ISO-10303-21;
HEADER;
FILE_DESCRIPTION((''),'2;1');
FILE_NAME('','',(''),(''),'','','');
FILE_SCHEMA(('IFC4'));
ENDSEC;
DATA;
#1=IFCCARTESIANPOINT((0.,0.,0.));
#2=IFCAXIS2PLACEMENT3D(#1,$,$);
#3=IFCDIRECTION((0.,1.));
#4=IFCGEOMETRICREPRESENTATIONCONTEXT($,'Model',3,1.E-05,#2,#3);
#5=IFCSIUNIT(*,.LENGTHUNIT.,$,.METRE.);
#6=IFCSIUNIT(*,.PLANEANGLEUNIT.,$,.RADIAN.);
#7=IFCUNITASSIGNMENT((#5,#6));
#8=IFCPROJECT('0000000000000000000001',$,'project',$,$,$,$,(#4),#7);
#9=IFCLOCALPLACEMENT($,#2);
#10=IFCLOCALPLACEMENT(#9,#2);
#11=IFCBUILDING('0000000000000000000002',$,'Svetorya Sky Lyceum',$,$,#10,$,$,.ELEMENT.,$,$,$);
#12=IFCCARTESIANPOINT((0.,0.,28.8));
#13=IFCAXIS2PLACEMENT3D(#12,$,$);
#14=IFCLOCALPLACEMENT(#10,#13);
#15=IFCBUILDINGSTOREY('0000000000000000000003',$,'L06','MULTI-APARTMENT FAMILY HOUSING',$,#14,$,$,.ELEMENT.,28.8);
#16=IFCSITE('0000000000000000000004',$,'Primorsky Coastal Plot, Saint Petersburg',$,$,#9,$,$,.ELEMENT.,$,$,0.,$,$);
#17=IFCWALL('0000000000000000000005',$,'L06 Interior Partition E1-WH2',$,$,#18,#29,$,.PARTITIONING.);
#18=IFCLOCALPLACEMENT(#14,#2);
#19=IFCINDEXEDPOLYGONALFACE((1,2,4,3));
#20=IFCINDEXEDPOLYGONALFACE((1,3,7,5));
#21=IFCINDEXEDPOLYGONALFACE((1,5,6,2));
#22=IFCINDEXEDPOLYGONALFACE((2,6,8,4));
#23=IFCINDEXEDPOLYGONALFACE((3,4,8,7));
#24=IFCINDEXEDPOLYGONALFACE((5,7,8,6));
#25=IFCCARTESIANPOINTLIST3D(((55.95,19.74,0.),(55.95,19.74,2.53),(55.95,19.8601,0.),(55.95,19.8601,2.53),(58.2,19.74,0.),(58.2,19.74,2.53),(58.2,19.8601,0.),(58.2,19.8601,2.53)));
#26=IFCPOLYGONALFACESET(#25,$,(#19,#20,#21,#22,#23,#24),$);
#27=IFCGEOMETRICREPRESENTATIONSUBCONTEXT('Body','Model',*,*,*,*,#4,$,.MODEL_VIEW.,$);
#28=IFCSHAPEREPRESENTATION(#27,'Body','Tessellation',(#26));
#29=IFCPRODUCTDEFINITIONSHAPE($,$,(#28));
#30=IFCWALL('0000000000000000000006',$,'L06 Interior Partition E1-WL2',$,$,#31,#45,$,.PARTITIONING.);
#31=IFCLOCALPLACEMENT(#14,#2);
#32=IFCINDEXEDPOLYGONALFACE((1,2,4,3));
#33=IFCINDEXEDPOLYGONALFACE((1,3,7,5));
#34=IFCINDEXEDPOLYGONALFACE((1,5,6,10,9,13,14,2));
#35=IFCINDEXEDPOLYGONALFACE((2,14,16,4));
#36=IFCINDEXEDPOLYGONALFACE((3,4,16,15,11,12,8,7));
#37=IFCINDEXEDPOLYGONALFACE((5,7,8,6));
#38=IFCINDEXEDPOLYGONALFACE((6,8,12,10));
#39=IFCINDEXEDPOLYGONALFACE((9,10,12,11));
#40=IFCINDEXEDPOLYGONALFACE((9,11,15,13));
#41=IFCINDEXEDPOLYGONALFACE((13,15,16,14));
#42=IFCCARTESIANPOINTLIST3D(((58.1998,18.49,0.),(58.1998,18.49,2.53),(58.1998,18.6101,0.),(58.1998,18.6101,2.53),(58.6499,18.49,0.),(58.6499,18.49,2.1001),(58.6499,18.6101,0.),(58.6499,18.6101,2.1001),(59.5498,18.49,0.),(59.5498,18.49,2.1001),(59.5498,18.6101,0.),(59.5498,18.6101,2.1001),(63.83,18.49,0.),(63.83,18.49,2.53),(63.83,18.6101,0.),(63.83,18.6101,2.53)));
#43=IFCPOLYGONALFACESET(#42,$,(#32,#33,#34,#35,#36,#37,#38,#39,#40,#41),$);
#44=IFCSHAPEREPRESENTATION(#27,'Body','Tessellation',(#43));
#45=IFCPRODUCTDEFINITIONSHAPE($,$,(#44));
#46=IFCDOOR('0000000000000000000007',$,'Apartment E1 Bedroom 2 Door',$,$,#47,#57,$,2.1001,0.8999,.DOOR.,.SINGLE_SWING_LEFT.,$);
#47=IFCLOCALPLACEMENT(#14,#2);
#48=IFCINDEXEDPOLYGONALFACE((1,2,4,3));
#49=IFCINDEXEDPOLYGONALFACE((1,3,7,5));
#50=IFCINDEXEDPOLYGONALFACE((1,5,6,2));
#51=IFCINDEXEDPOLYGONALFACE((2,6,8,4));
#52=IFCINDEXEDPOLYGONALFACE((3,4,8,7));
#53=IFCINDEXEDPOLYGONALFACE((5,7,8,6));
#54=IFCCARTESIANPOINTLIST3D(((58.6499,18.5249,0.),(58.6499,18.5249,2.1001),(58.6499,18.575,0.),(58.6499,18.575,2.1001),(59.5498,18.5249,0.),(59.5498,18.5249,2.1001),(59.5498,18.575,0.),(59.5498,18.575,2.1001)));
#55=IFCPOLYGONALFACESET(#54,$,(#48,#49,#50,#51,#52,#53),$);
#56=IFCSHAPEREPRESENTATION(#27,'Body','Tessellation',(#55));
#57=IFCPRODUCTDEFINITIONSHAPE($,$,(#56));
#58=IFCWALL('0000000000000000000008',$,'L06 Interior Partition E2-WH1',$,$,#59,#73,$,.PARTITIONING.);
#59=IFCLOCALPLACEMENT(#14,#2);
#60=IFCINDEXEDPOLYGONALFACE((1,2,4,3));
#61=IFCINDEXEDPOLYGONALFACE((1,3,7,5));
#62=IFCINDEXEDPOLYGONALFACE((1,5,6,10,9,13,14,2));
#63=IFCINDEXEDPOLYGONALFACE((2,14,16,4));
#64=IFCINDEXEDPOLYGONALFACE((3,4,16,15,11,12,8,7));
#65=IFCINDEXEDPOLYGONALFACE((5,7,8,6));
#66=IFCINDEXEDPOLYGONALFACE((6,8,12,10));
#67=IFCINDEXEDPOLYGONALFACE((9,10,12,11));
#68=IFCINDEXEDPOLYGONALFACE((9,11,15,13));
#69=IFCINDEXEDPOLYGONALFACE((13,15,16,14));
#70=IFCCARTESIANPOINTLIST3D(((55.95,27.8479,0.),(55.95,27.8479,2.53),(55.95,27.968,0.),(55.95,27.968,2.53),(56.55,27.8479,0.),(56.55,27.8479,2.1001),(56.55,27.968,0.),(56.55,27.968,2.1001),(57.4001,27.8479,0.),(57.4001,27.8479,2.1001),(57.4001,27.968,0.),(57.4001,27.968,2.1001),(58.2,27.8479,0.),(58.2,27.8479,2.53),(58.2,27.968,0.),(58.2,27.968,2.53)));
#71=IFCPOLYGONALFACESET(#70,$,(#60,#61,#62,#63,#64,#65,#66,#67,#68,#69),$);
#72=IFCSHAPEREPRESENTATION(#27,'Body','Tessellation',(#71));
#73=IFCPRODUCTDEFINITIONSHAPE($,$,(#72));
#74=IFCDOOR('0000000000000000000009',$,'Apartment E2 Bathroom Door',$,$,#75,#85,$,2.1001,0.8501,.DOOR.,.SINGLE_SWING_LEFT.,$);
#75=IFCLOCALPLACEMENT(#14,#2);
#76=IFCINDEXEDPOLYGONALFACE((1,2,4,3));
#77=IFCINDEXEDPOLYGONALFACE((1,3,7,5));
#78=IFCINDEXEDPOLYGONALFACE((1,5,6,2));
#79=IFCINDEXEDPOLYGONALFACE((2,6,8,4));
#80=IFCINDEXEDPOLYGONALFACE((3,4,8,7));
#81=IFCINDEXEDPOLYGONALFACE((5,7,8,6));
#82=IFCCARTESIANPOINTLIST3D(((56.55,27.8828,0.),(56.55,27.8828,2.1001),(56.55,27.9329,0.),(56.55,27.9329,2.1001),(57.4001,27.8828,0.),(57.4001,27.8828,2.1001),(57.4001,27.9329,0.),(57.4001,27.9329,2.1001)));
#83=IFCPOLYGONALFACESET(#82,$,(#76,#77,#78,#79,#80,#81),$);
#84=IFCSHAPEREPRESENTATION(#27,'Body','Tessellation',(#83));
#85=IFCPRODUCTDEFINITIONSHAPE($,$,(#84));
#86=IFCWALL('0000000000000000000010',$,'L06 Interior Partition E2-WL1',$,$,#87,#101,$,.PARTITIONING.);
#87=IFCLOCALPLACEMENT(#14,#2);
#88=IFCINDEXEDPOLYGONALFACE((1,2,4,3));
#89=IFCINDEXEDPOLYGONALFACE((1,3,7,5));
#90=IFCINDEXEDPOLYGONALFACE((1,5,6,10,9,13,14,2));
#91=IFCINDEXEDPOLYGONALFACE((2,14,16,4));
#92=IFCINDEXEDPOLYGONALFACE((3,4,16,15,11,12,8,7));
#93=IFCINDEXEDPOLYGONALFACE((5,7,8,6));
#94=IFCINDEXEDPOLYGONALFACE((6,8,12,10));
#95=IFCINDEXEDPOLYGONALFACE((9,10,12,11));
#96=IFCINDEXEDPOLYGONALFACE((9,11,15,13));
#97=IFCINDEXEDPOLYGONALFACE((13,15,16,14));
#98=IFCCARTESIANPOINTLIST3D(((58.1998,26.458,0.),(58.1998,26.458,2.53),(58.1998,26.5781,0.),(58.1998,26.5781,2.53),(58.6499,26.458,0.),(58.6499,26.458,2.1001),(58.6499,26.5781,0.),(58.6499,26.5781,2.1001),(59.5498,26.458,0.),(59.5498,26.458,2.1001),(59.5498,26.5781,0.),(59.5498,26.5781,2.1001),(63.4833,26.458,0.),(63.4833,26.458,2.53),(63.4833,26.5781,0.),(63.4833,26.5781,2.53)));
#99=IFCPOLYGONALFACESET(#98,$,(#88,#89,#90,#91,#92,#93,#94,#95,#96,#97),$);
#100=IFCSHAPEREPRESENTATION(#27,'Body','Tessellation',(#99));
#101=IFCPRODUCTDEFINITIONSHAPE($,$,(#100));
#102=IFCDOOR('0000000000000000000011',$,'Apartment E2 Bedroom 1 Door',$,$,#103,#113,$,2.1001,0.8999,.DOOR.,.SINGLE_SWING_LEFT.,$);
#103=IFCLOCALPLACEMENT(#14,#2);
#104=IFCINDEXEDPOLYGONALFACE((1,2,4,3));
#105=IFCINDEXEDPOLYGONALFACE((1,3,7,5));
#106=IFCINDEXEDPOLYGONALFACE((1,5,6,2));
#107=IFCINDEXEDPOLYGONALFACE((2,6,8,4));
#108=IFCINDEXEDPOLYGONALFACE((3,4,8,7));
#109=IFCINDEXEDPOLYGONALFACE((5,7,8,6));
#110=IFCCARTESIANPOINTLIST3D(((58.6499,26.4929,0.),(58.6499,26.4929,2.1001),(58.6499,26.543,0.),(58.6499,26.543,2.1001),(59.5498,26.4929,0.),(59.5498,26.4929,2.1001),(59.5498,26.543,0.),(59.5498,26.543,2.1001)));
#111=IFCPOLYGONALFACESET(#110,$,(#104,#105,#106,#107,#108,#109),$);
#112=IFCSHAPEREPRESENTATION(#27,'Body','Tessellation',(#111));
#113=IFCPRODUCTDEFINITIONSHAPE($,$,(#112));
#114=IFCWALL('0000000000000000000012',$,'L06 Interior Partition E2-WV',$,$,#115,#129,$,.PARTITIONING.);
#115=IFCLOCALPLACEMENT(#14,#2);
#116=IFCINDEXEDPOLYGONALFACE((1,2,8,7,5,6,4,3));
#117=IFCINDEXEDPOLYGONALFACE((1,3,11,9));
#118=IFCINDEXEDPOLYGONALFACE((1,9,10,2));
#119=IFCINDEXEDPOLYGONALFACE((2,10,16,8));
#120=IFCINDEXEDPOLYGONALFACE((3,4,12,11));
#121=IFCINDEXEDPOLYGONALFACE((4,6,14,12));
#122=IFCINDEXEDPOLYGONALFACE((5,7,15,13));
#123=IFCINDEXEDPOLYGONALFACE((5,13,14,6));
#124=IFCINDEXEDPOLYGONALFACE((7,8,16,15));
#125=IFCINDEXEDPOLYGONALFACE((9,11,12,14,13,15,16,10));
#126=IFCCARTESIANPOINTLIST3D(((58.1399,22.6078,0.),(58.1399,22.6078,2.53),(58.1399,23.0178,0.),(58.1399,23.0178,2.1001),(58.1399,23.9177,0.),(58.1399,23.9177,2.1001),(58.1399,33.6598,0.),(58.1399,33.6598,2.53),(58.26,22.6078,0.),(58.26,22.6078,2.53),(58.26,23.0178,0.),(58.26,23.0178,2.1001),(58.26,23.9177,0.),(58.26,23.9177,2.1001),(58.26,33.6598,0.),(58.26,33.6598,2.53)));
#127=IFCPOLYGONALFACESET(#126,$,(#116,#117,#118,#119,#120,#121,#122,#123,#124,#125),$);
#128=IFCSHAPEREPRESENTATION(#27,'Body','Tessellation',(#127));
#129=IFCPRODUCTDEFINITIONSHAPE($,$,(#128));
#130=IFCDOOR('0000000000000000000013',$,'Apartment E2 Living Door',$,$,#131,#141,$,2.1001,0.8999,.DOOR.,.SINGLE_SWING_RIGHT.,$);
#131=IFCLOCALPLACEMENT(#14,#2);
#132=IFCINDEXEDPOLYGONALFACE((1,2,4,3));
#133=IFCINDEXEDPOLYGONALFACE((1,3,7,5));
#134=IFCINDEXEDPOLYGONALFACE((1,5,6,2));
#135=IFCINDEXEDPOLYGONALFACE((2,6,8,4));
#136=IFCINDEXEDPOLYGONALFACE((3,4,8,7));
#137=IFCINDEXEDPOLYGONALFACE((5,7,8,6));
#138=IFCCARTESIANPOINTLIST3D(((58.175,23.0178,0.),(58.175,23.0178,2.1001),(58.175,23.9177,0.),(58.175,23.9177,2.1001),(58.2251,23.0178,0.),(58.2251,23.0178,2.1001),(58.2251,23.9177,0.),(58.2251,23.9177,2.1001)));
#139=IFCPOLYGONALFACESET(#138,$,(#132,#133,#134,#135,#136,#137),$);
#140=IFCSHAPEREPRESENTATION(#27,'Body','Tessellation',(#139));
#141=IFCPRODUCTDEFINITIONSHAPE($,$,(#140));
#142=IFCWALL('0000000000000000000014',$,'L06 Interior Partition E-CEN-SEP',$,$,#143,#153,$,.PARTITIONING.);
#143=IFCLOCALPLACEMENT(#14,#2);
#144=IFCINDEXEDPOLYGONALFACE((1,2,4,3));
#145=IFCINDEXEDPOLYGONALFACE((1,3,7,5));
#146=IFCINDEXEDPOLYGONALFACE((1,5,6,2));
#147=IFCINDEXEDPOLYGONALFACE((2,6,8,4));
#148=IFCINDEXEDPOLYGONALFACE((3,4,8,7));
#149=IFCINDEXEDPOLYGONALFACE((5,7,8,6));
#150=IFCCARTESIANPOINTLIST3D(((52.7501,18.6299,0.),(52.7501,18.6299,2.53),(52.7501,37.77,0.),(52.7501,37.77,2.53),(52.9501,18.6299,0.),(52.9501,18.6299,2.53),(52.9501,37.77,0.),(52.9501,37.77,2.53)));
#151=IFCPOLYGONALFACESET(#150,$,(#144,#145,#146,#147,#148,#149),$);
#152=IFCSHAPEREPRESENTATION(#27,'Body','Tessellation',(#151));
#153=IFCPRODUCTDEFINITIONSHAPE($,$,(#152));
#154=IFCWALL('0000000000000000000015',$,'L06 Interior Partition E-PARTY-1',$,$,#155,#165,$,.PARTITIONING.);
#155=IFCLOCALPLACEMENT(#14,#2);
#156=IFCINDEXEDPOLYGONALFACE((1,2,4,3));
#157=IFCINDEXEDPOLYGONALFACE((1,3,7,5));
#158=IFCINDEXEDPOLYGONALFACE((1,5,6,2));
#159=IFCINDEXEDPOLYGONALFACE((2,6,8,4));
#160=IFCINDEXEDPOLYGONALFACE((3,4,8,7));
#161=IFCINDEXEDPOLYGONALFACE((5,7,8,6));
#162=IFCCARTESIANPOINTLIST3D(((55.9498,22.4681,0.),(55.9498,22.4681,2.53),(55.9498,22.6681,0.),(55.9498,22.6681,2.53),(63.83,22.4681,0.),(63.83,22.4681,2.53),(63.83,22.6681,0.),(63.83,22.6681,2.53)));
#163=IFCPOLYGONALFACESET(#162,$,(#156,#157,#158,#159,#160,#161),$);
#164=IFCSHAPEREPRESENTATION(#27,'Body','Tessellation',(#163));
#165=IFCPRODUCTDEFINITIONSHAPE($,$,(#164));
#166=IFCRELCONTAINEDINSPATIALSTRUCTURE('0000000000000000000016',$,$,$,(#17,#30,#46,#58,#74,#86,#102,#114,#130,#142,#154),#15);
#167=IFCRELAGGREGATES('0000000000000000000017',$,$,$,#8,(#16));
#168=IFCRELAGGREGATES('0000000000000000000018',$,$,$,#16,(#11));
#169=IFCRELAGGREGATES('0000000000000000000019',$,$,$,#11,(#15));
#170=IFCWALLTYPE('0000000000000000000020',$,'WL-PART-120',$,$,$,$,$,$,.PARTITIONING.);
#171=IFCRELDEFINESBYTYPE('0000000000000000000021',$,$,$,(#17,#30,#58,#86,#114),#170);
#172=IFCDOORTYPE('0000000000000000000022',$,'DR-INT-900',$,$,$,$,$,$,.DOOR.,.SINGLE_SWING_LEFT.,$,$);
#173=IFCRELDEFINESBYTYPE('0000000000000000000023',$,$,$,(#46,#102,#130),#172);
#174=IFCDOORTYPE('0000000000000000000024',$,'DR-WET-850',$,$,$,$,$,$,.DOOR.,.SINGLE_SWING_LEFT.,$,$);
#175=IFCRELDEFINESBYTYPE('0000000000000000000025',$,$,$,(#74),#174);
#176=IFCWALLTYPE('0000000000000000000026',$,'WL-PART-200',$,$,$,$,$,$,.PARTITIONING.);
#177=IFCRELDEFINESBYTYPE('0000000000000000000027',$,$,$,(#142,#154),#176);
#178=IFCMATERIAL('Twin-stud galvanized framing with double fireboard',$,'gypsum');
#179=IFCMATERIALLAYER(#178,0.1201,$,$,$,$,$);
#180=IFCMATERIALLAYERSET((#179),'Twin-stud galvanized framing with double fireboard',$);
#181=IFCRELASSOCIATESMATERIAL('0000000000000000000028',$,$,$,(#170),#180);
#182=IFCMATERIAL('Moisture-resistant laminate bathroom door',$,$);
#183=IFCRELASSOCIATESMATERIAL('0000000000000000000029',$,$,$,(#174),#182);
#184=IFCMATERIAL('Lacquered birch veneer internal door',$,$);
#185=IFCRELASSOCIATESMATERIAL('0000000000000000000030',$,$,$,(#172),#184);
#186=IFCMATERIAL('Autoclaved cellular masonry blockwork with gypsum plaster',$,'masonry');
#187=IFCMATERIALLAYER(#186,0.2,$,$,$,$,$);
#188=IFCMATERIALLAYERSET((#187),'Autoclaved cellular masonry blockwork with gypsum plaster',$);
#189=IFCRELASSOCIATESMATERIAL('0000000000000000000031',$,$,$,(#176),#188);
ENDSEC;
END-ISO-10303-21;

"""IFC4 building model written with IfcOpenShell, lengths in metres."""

from ifc_helpers import new_model, si_unit, direction, frame, frame_2d, origin, place, context, subcontext, project, spatial, rectangle, extrude, material, layer, layer_set, type_object, element, fill, save


model = new_model("IFC4")

# Units and contexts
model_context = context("Model", 3, precision=1e-05, world=origin(), true_north=direction((0.0, 1.0)))
body_context = subcontext(model_context, "Body", "Model", "MODEL_VIEW")
ifc_project = project(units=[si_unit("LENGTHUNIT", "METRE"), si_unit("PLANEANGLEUNIT", "RADIAN")], contexts=[model_context])

# Site, building, storey
site_placement = place(None, origin())
site = spatial("IfcSite", under=ifc_project, at=site_placement, Name="Primorsky Coastal Plot, Saint Petersburg", CompositionType="ELEMENT", RefElevation=0.0)
building_placement = place(site_placement, origin())
building = spatial("IfcBuilding", under=site, at=building_placement, Name="Svetorya Sky Lyceum", CompositionType="ELEMENT")
storey_placement = place(building_placement, frame((0.0, 0.0, 28.8)))
storey = spatial("IfcBuildingStorey", under=building, at=storey_placement, Name="L06", Description="MULTI-APARTMENT FAMILY HOUSING", CompositionType="ELEMENT", Elevation=28.8)

# Shared definitions
ifc_material_1 = material(Name="Twin-stud galvanized framing with double fireboard", Category="gypsum")
ifc_layer_1 = layer(ifc_material_1, 0.1201)
ifc_layer_set_1 = layer_set([ifc_layer_1], Name="Twin-stud galvanized framing with double fireboard")
wall_type_1 = type_object("IfcWallType", Name="WL-PART-120", PredefinedType="PARTITIONING", material=ifc_layer_set_1)
ifc_material_2 = material(Name="Moisture-resistant laminate bathroom door")
door_type_1 = type_object("IfcDoorType", Name="DR-WET-850", OperationType="SINGLE_SWING_LEFT", PredefinedType="DOOR", material=ifc_material_2)

# Wall
wall_1_placement = place(storey_placement, frame((55.95, 19.8, 0.0), z_axis=(0.0, 0.0, 1.0), x_axis=(1.0, 0.0, 0.0)))
element("IfcWall", 1, at=wall_1_placement, inside=storey, type_object=wall_type_1, Name="L06 Interior Partition E1-WH2", PredefinedType="PARTITIONING", context=body_context, shape_type="SweptSolid", body=[
    extrude(rectangle(XDim=2.25, YDim=0.1201, at=frame_2d((1.125, 0.0))), origin(), (0.0, 0.0, 1.0), 2.53),
])

# Walls, openings, doors
wall_2_placement = place(storey_placement, frame((58.2, 18.55, 0.0), z_axis=(0.0, 0.0, 1.0), x_axis=(1.0, 0.0, 0.0)))
wall_2 = element("IfcWall", 2, at=wall_2_placement, inside=storey, type_object=wall_type_1, Name="L06 Interior Partition E1-WL2", PredefinedType="PARTITIONING", context=body_context, shape_type="SweptSolid", body=[
    extrude(rectangle(XDim=5.6301, YDim=0.1201, at=frame_2d((2.8149, 0.0))), origin(), (0.0, 0.0, 1.0), 2.53),
])
opening_1_placement = place(wall_2_placement, frame((0.45, 0.0, 0.0)))
opening_1 = element("IfcOpeningElement", 3, at=opening_1_placement, cuts=wall_2, PredefinedType="OPENING", context=body_context, shape_type="SweptSolid", body=[
    extrude(rectangle(XDim=0.8999, YDim=2.1001, at=frame_2d((0.45, 1.05))), frame((0.0, 0.0701, 0.0), z_axis=(0.0, -1.0, 0.0), x_axis=(1.0, 0.0, 0.0)), (0.0, 0.0, 1.0), 0.1401),
])
ifc_material_3 = material(Name="Lacquered birch veneer internal door")
door_type_2 = type_object("IfcDoorType", Name="DR-INT-900", OperationType="SINGLE_SWING_LEFT", PredefinedType="DOOR", material=ifc_material_3)
door_1_placement = place(opening_1_placement, origin())
door_1 = element("IfcDoor", 4, at=door_1_placement, inside=storey, type_object=door_type_2, Name="Apartment E1 Bedroom 2 Door", OperationType="SINGLE_SWING_LEFT", OverallHeight=2.1001, OverallWidth=0.8999, PredefinedType="DOOR", context=body_context, shape_type="SweptSolid", body=[
    extrude(rectangle(XDim=0.8999, YDim=2.1001, at=frame_2d((0.45, 1.05))), frame((0.0, 0.0249, 0.0), z_axis=(0.0, -1.0, 0.0), x_axis=(1.0, 0.0, 0.0)), (0.0, 0.0, 1.0), 0.05),
])
fill(opening_1, door_1)
wall_3_placement = place(storey_placement, frame((55.95, 27.908, 0.0), z_axis=(0.0, 0.0, 1.0), x_axis=(1.0, 0.0, 0.0)))
wall_3 = element("IfcWall", 5, at=wall_3_placement, inside=storey, type_object=wall_type_1, Name="L06 Interior Partition E2-WH1", PredefinedType="PARTITIONING", context=body_context, shape_type="SweptSolid", body=[
    extrude(rectangle(XDim=2.25, YDim=0.1201, at=frame_2d((1.125, 0.0))), origin(), (0.0, 0.0, 1.0), 2.53),
])
opening_2_placement = place(wall_3_placement, frame((0.6001, 0.0, 0.0)))
opening_2 = element("IfcOpeningElement", 6, at=opening_2_placement, cuts=wall_3, PredefinedType="OPENING", context=body_context, shape_type="SweptSolid", body=[
    extrude(rectangle(XDim=0.8501, YDim=2.1001, at=frame_2d((0.425, 1.05))), frame((0.0, 0.0701, 0.0), z_axis=(0.0, -1.0, 0.0), x_axis=(1.0, 0.0, 0.0)), (0.0, 0.0, 1.0), 0.1401),
])
door_2_placement = place(opening_2_placement, origin())
door_2 = element("IfcDoor", 7, at=door_2_placement, inside=storey, type_object=door_type_1, Name="Apartment E2 Bathroom Door", OperationType="SINGLE_SWING_LEFT", OverallHeight=2.1001, OverallWidth=0.8501, PredefinedType="DOOR", context=body_context, shape_type="SweptSolid", body=[
    extrude(rectangle(XDim=0.8501, YDim=2.1001, at=frame_2d((0.425, 1.05))), frame((0.0, 0.0249, 0.0), z_axis=(0.0, -1.0, 0.0), x_axis=(1.0, 0.0, 0.0)), (0.0, 0.0, 1.0), 0.05),
])
fill(opening_2, door_2)
wall_4_placement = place(storey_placement, frame((58.2, 26.5181, 0.0), z_axis=(0.0, 0.0, 1.0), x_axis=(1.0, 0.0, 0.0)))
wall_4 = element("IfcWall", 8, at=wall_4_placement, inside=storey, type_object=wall_type_1, Name="L06 Interior Partition E2-WL1", PredefinedType="PARTITIONING", context=body_context, shape_type="SweptSolid", body=[
    extrude(rectangle(XDim=5.2834, YDim=0.1201, at=frame_2d((2.6416, 0.0))), origin(), (0.0, 0.0, 1.0), 2.53),
])
opening_3_placement = place(wall_4_placement, frame((0.45, 0.0, 0.0)))
opening_3 = element("IfcOpeningElement", 9, at=opening_3_placement, cuts=wall_4, PredefinedType="OPENING", context=body_context, shape_type="SweptSolid", body=[
    extrude(rectangle(XDim=0.8999, YDim=2.1001, at=frame_2d((0.45, 1.05))), frame((0.0, 0.0701, 0.0), z_axis=(0.0, -1.0, 0.0), x_axis=(1.0, 0.0, 0.0)), (0.0, 0.0, 1.0), 0.1401),
])
door_3_placement = place(opening_3_placement, origin())
door_3 = element("IfcDoor", 10, at=door_3_placement, inside=storey, type_object=door_type_2, Name="Apartment E2 Bedroom 1 Door", OperationType="SINGLE_SWING_LEFT", OverallHeight=2.1001, OverallWidth=0.8999, PredefinedType="DOOR", context=body_context, shape_type="SweptSolid", body=[
    extrude(rectangle(XDim=0.8999, YDim=2.1001, at=frame_2d((0.45, 1.05))), frame((0.0, 0.0249, 0.0), z_axis=(0.0, -1.0, 0.0), x_axis=(1.0, 0.0, 0.0)), (0.0, 0.0, 1.0), 0.05),
])
fill(opening_3, door_3)
wall_5_placement = place(storey_placement, frame((58.2, 22.6079, 0.0), z_axis=(0.0, 0.0, 1.0), x_axis=(0.0, 1.0, 0.0)))
wall_5 = element("IfcWall", 11, at=wall_5_placement, inside=storey, type_object=wall_type_1, Name="L06 Interior Partition E2-WV", PredefinedType="PARTITIONING", context=body_context, shape_type="SweptSolid", body=[
    extrude(rectangle(XDim=11.052, YDim=0.1201, at=frame_2d((5.5259, 0.0))), origin(), (0.0, 0.0, 1.0), 2.53),
])
opening_4_placement = place(wall_5_placement, frame((0.4099, 0.0, 0.0)))
opening_4 = element("IfcOpeningElement", 12, at=opening_4_placement, cuts=wall_5, PredefinedType="OPENING", context=body_context, shape_type="SweptSolid", body=[
    extrude(rectangle(XDim=0.8999, YDim=2.1001, at=frame_2d((0.45, 1.05))), frame((0.0, 0.0701, 0.0), z_axis=(0.0, -1.0, 0.0), x_axis=(1.0, 0.0, 0.0)), (0.0, 0.0, 1.0), 0.1401),
])
door_4_placement = place(opening_4_placement, origin())
door_4 = element("IfcDoor", 13, at=door_4_placement, inside=storey, type_object=door_type_2, Name="Apartment E2 Living Door", OperationType="SINGLE_SWING_RIGHT", OverallHeight=2.1001, OverallWidth=0.8999, PredefinedType="DOOR", context=body_context, shape_type="SweptSolid", body=[
    extrude(rectangle(XDim=0.8999, YDim=2.1001, at=frame_2d((0.45, 1.05))), frame((0.0, 0.0249, 0.0), z_axis=(0.0, -1.0, 0.0), x_axis=(1.0, 0.0, 0.0)), (0.0, 0.0, 1.0), 0.05),
])
fill(opening_4, door_4)

# Walls
ifc_material_4 = material(Name="Autoclaved cellular masonry blockwork with gypsum plaster", Category="masonry")
ifc_layer_2 = layer(ifc_material_4, 0.2)
ifc_layer_set_2 = layer_set([ifc_layer_2], Name="Autoclaved cellular masonry blockwork with gypsum plaster")
wall_type_2 = type_object("IfcWallType", Name="WL-PART-200", PredefinedType="PARTITIONING", material=ifc_layer_set_2)
wall_6_placement = place(storey_placement, frame((52.8501, 18.6299, 0.0), z_axis=(0.0, 0.0, 1.0), x_axis=(0.0, 1.0, 0.0)))
element("IfcWall", 14, at=wall_6_placement, inside=storey, type_object=wall_type_2, Name="L06 Interior Partition E-CEN-SEP", PredefinedType="PARTITIONING", context=body_context, shape_type="SweptSolid", body=[
    extrude(rectangle(XDim=19.1401, YDim=0.2, at=frame_2d((9.5701, 0.0))), origin(), (0.0, 0.0, 1.0), 2.53),
])
wall_7_placement = place(storey_placement, frame((55.95, 22.5681, 0.0), z_axis=(0.0, 0.0, 1.0), x_axis=(1.0, 0.0, 0.0)))
element("IfcWall", 15, at=wall_7_placement, inside=storey, type_object=wall_type_2, Name="L06 Interior Partition E-PARTY-1", PredefinedType="PARTITIONING", context=body_context, shape_type="SweptSolid", body=[
    extrude(rectangle(XDim=7.8801, YDim=0.2, at=frame_2d((3.9399, 0.0))), origin(), (0.0, 0.0, 1.0), 2.53),
])

save(model, "model.ifc")
